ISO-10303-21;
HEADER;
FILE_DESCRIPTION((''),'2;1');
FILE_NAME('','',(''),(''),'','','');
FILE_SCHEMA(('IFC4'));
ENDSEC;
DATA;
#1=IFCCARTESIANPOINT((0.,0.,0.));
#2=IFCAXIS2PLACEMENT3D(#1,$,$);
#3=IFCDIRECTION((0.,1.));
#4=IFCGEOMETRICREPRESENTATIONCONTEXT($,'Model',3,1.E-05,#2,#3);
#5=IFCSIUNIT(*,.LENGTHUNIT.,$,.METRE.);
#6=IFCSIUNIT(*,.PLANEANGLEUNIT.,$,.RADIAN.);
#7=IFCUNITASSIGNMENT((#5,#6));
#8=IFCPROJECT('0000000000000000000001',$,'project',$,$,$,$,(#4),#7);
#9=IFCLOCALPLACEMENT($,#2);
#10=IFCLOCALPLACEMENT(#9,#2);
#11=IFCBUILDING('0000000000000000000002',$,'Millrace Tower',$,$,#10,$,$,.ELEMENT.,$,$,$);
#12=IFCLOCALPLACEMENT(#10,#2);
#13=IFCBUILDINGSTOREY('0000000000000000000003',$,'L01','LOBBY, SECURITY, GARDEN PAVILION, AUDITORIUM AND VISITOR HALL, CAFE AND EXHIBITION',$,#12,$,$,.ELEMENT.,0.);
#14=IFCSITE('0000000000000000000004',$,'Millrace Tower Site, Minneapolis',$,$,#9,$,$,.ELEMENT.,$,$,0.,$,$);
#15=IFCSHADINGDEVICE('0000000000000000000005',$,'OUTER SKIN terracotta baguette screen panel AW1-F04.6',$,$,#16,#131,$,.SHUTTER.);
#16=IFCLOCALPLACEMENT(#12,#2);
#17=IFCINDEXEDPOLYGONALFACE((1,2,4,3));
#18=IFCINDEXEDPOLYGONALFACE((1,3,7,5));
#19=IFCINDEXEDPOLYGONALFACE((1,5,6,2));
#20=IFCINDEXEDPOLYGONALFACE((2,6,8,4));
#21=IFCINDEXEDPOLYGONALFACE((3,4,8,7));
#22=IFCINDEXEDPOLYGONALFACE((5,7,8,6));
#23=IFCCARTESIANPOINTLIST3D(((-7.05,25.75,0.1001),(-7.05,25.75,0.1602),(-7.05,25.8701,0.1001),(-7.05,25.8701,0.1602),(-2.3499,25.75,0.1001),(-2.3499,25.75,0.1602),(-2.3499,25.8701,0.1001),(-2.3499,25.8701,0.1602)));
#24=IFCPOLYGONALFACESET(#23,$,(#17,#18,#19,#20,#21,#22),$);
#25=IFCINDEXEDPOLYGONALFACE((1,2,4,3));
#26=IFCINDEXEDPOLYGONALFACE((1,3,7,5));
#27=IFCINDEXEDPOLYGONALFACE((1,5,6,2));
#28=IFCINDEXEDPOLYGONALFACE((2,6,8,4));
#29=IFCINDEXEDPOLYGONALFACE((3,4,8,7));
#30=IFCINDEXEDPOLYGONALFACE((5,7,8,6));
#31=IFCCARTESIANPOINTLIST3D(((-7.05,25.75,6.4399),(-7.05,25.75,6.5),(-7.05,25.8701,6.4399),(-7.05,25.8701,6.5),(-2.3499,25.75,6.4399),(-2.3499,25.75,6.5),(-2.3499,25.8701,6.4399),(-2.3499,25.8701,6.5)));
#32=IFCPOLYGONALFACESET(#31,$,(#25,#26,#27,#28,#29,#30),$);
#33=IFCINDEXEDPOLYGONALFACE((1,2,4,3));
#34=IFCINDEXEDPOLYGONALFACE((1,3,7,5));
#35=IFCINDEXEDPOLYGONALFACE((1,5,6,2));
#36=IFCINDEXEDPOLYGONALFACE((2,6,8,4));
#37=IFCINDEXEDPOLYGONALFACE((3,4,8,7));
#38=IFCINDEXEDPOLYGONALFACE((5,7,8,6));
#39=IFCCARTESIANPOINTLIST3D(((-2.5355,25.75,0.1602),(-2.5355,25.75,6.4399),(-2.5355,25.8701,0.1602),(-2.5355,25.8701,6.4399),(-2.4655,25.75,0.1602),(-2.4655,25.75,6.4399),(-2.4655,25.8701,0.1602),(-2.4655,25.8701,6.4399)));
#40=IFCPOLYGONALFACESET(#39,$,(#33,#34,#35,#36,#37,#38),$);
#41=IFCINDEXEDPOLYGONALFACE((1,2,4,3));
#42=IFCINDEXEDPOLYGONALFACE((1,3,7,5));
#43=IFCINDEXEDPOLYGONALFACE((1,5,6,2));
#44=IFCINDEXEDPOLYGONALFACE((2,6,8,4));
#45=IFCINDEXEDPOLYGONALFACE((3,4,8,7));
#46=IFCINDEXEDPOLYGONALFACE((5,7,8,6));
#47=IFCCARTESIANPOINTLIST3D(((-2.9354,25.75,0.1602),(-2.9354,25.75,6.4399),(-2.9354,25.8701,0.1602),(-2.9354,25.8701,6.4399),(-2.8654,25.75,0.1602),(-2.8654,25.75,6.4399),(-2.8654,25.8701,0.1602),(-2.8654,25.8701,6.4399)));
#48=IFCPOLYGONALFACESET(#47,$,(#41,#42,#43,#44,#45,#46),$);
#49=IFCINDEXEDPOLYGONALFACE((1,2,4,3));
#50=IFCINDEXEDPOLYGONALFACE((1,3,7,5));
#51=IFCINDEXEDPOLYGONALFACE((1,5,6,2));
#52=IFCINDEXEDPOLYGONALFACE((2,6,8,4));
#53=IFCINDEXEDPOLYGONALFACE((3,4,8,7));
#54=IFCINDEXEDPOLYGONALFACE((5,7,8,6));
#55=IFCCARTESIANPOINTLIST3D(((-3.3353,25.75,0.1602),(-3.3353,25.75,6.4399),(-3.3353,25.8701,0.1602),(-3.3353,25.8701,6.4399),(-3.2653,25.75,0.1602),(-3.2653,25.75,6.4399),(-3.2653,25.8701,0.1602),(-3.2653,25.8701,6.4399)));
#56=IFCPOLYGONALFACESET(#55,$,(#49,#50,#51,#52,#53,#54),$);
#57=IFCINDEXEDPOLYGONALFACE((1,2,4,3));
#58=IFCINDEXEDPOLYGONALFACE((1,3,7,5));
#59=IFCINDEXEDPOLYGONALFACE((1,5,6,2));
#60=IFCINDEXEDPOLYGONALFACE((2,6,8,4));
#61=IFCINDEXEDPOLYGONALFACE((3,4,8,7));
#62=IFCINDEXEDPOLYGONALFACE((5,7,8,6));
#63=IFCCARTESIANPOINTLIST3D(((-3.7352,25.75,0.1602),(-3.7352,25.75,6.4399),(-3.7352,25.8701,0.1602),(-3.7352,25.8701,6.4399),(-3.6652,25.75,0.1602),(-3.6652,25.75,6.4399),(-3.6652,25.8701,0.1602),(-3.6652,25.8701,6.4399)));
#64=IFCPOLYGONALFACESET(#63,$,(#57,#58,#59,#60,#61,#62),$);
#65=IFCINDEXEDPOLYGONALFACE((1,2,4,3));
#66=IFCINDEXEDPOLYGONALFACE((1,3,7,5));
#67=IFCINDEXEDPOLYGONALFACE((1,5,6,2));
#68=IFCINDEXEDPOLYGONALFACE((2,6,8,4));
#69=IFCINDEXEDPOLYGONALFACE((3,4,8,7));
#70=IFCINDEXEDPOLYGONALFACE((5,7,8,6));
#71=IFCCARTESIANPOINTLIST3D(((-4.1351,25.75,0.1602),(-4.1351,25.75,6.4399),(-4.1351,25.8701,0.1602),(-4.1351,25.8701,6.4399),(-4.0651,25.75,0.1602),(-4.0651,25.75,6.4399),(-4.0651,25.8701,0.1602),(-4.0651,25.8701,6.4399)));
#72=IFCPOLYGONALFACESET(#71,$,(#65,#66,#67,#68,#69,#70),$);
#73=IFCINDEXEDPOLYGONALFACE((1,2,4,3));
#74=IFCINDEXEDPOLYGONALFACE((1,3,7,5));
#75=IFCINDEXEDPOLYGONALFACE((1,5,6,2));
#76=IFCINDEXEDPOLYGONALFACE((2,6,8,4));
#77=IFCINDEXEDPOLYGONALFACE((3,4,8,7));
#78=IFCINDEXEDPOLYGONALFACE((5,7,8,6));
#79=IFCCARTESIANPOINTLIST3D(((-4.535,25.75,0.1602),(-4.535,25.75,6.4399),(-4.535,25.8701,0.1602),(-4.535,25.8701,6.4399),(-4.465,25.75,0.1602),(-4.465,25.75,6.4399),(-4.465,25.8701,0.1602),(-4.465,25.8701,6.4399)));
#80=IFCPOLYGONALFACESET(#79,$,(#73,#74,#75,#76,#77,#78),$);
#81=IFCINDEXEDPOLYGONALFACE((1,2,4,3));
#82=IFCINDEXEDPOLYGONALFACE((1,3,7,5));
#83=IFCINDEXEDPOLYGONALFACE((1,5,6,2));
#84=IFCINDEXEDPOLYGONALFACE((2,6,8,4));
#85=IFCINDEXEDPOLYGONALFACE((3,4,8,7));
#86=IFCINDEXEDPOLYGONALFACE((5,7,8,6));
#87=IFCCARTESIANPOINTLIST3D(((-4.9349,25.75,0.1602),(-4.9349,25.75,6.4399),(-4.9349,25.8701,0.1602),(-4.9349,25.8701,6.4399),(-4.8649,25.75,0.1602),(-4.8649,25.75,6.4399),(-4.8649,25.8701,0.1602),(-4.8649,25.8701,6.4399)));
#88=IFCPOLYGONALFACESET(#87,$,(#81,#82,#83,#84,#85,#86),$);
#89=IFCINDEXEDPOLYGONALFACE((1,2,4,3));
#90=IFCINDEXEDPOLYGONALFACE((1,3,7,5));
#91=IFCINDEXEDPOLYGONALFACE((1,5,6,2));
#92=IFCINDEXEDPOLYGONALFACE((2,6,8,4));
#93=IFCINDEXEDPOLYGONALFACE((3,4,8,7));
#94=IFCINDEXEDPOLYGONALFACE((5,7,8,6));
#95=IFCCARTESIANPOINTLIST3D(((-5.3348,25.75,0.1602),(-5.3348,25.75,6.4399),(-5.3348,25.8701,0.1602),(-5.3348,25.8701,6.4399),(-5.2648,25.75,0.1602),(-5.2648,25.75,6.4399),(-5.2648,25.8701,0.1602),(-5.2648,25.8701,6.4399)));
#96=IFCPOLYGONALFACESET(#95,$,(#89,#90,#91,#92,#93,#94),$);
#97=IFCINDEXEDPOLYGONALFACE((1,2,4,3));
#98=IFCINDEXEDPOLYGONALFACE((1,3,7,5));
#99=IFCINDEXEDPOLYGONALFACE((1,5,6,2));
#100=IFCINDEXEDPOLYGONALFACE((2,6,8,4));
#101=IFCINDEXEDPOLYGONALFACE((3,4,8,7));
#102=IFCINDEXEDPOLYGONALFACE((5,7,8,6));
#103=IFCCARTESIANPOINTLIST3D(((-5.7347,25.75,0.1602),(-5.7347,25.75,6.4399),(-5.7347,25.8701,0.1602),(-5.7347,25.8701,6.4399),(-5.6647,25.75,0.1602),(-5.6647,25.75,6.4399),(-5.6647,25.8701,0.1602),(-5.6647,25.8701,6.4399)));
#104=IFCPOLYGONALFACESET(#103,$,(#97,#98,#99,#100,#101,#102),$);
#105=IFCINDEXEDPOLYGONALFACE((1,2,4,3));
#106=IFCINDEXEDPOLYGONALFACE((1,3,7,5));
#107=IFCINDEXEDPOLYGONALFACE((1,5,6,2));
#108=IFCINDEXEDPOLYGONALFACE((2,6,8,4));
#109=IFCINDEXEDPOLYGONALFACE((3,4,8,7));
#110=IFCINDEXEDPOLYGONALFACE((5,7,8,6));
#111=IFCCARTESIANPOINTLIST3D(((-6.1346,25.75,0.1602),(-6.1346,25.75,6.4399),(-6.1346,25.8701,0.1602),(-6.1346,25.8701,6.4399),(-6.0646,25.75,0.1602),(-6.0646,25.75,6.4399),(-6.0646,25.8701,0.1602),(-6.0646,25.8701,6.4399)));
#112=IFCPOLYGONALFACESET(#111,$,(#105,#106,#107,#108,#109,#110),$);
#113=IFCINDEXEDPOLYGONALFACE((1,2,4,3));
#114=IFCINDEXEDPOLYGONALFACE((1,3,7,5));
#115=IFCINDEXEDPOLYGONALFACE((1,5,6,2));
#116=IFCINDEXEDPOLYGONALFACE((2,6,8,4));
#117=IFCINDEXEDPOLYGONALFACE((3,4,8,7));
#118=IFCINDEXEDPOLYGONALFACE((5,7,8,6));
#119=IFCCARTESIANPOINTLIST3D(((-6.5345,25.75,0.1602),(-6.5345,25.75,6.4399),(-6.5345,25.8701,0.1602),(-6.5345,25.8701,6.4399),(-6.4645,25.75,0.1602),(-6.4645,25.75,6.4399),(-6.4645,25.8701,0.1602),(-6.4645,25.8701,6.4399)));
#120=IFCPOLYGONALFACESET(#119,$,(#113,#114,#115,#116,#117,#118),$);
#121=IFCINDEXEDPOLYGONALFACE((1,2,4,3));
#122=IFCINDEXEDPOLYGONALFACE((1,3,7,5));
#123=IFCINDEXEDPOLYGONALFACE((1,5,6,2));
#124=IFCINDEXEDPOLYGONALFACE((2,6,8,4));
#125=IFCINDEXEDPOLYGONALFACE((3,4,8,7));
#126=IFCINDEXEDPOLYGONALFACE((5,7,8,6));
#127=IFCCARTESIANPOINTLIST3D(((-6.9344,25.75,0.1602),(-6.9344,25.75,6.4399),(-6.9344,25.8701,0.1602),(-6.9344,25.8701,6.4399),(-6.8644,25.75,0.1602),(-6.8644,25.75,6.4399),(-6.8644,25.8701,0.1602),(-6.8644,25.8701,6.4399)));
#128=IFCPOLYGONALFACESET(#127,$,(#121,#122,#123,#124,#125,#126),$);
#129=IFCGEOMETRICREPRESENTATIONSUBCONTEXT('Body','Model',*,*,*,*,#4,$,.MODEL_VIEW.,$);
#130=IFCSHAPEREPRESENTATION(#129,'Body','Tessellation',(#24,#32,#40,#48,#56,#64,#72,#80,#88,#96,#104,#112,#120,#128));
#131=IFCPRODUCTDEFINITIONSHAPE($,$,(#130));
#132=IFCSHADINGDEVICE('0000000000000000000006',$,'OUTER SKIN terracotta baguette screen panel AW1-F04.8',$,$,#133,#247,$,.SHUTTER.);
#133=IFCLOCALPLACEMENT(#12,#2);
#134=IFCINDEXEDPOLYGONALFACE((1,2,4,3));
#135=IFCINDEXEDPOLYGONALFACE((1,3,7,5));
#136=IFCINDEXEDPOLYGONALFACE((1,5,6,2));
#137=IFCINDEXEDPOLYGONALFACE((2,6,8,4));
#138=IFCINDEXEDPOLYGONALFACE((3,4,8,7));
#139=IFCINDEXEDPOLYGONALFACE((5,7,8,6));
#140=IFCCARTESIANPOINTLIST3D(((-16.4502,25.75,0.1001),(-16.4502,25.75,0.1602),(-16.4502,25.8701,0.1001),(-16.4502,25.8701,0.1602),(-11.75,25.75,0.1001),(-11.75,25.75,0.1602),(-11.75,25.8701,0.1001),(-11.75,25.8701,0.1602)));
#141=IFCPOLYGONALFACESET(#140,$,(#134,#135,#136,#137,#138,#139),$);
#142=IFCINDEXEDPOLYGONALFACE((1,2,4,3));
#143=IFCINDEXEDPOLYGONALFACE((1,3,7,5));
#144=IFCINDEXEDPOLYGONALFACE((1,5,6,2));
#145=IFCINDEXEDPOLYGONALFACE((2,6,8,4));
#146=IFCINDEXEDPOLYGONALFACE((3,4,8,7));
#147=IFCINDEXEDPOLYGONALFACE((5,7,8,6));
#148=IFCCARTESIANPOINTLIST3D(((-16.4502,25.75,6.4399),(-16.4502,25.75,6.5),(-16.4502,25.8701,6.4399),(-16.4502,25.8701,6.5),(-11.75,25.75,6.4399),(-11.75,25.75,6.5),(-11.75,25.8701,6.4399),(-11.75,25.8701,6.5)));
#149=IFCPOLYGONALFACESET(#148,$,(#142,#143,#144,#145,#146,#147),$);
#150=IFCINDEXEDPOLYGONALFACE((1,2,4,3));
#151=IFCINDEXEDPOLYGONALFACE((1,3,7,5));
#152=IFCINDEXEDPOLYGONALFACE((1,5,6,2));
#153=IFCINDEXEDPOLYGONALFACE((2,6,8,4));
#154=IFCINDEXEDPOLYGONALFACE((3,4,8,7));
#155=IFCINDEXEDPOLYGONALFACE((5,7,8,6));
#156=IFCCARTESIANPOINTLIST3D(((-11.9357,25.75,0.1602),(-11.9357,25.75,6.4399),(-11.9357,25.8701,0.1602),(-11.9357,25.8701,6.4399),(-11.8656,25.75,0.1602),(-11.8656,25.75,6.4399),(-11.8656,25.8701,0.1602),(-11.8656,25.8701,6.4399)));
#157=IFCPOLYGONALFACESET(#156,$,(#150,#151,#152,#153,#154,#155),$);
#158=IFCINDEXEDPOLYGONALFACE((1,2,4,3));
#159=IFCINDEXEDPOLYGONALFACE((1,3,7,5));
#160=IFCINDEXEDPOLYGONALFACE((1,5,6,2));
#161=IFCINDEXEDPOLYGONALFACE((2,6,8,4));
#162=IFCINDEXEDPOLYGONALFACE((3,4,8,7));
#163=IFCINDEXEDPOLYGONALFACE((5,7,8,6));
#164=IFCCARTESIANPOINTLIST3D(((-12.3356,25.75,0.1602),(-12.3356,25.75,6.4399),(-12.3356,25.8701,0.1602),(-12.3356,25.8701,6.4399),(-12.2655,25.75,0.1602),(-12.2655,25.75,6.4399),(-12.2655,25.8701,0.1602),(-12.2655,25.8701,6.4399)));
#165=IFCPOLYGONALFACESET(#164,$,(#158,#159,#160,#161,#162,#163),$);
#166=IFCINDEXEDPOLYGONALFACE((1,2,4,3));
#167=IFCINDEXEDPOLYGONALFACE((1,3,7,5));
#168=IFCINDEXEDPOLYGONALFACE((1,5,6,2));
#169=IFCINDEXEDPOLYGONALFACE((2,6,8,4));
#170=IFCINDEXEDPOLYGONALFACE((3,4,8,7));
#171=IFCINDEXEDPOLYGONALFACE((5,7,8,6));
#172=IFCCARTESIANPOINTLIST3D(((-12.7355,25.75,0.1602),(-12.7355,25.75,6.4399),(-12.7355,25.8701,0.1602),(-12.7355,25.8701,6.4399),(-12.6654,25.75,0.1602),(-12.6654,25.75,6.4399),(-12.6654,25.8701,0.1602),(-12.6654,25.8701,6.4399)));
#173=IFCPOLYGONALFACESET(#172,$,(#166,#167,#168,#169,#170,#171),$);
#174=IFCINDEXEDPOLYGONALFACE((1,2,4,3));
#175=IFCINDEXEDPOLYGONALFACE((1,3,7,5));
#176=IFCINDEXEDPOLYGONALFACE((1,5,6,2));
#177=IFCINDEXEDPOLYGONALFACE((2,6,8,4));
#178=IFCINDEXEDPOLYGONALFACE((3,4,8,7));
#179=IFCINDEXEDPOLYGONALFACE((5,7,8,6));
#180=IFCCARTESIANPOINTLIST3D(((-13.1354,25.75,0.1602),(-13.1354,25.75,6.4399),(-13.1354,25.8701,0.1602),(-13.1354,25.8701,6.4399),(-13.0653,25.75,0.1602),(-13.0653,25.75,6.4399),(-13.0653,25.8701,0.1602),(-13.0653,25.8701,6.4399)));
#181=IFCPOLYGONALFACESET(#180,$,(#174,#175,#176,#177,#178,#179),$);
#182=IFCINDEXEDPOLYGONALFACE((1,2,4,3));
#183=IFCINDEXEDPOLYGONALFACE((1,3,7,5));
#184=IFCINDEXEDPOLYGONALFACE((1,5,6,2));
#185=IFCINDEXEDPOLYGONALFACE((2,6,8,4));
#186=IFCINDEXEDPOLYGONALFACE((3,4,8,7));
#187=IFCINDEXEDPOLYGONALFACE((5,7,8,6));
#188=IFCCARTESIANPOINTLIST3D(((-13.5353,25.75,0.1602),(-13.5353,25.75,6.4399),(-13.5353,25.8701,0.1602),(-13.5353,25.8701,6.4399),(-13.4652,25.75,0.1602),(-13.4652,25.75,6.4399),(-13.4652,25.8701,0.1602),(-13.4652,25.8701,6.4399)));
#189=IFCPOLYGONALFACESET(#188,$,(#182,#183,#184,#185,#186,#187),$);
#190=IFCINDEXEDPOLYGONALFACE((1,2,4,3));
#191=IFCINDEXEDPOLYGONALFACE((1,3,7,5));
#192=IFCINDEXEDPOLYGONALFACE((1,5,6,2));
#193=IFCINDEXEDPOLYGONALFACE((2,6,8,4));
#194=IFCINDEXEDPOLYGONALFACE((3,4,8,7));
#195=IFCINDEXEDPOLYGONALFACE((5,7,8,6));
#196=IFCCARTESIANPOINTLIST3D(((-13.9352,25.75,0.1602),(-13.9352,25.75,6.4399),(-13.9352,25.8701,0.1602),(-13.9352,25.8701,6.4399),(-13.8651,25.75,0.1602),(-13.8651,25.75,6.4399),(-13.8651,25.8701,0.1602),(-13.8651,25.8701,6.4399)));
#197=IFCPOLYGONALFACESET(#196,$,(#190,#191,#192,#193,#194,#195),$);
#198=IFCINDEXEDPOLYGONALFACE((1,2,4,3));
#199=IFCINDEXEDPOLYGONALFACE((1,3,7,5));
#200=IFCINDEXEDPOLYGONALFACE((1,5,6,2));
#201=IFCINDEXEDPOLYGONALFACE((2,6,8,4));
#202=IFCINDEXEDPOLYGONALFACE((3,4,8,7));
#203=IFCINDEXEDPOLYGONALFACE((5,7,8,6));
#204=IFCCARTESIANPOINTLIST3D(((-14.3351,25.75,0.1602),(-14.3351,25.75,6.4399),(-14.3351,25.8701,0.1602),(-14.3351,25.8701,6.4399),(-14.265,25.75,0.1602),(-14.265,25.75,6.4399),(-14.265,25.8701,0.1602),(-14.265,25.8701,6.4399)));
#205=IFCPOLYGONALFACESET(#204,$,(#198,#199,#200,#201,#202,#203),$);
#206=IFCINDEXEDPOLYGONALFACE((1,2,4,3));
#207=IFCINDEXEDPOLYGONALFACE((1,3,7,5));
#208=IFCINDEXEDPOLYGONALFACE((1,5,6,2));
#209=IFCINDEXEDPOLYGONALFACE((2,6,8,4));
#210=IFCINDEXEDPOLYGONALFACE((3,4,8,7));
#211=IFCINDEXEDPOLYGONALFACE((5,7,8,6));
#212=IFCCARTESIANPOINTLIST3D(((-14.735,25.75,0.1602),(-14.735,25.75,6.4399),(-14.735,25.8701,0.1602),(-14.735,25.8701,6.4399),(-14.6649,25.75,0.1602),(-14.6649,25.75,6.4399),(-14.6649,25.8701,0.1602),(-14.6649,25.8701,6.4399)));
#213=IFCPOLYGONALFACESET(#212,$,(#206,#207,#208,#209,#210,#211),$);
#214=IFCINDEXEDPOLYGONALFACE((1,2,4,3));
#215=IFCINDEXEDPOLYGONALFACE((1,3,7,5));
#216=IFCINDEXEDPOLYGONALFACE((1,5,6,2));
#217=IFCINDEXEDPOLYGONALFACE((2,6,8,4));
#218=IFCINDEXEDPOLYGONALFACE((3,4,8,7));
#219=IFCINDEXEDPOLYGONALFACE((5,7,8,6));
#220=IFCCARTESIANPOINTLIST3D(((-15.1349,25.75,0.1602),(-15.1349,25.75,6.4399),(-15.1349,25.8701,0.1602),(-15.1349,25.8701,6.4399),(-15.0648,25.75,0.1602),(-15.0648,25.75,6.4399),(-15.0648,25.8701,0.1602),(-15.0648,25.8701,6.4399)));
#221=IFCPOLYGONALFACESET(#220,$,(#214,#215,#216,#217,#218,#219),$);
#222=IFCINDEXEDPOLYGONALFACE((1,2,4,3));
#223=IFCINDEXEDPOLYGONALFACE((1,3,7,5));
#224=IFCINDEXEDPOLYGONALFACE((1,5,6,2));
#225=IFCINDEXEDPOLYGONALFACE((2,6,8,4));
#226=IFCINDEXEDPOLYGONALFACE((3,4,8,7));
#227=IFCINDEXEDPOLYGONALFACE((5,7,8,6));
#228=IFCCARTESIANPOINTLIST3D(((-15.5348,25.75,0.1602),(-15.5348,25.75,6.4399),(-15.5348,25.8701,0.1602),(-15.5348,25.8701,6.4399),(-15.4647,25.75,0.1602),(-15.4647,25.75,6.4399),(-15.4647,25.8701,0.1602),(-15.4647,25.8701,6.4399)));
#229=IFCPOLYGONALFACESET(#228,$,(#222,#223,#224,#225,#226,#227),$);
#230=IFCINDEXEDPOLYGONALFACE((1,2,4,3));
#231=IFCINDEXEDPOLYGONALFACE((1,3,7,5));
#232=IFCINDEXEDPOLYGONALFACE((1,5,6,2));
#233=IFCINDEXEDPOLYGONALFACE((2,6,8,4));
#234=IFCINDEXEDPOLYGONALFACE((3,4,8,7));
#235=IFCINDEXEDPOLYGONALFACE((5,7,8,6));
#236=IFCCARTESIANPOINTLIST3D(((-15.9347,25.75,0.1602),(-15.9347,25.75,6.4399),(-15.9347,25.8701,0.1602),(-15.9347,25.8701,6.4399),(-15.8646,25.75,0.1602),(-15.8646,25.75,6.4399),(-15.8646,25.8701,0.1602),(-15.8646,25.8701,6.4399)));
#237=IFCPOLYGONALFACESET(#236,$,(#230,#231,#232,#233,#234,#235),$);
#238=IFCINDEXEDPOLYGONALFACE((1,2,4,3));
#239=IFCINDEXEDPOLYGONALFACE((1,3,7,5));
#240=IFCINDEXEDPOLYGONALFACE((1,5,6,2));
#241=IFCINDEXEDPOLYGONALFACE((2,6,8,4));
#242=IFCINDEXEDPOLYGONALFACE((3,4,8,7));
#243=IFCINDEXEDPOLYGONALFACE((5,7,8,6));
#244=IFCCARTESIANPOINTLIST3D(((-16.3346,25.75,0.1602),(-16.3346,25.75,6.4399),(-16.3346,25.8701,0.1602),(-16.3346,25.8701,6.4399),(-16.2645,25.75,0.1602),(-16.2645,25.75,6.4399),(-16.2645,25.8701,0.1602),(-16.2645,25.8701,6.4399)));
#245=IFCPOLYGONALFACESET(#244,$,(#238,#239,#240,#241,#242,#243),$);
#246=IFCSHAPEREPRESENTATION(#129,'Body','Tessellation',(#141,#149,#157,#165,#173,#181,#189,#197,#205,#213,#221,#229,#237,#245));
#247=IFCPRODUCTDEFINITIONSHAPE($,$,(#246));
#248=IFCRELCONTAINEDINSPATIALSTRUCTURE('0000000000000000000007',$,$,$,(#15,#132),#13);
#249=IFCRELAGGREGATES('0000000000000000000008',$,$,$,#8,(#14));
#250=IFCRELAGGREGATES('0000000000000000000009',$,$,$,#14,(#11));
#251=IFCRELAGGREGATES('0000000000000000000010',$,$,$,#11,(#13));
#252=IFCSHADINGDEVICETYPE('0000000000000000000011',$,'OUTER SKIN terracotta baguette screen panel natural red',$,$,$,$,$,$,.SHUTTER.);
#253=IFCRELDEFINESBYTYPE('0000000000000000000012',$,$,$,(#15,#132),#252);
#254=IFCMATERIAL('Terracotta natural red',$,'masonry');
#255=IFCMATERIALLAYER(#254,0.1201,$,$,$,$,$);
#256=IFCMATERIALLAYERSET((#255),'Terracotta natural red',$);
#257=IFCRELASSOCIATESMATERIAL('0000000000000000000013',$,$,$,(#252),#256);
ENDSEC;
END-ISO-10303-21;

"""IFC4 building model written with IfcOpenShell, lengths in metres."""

from ifc_helpers import new_model, entity, si_unit, direction, frame, frame_2d, origin, place, context, subcontext, project, spatial, rectangle, extrude, source, transform, mapped, material, layer, layer_set, type_object, element, save


model = new_model("IFC4")

# Units and contexts
model_context = context("Model", 3, precision=1e-05, world=origin(), true_north=direction((0.0, 1.0)))
body_context = subcontext(model_context, "Body", "Model", "MODEL_VIEW")
ifc_project = project(units=[si_unit("LENGTHUNIT", "METRE"), si_unit("PLANEANGLEUNIT", "RADIAN")], contexts=[model_context])

# Site, building, storey
site_placement = place(None, origin())
site = spatial("IfcSite", under=ifc_project, at=site_placement, Name="Millrace Tower Site, Minneapolis", CompositionType="ELEMENT", RefElevation=0.0)
building_placement = place(site_placement, origin())
building = spatial("IfcBuilding", under=site, at=building_placement, Name="Millrace Tower", CompositionType="ELEMENT")
storey_placement = place(building_placement, origin())
storey = spatial("IfcBuildingStorey", under=building, at=storey_placement, Name="L01", Description="LOBBY, SECURITY, GARDEN PAVILION, AUDITORIUM AND VISITOR HALL, CAFE AND EXHIBITION", CompositionType="ELEMENT", Elevation=0.0)

# Shading devices
ifc_material_1 = material(Name="Terracotta natural red", Category="masonry")
ifc_layer_1 = layer(ifc_material_1, 0.1201)
ifc_layer_set_1 = layer_set([ifc_layer_1], Name="Terracotta natural red")
shading_device_type = type_object("IfcShadingDeviceType", Name="OUTER SKIN terracotta baguette screen panel natural red", PredefinedType="SHUTTER", material=ifc_layer_set_1)
cartesian_point = entity("IfcCartesianPoint", [-2.3501, 0.0601])
shared_polyline = entity("IfcPolyline", [cartesian_point, entity("IfcCartesianPoint", [2.3501, 0.0601]), entity("IfcCartesianPoint", [2.3501, -0.0601]), entity("IfcCartesianPoint", [-2.3501, -0.0601]), cartesian_point])
shared_shape = source(origin(), body_context, "Body", "SweptSolid", [
    entity("IfcExtrudedAreaSolid", entity("IfcArbitraryClosedProfileDef", "AREA", None, shared_polyline), entity("IfcAxis2Placement3D", entity("IfcCartesianPoint", [0.0, 0.0, 0.0])), entity("IfcDirection", [0.0, 0.0, 1.0]), 0.0601),
    entity("IfcExtrudedAreaSolid", entity("IfcArbitraryClosedProfileDef", "AREA", None, shared_polyline), entity("IfcAxis2Placement3D", entity("IfcCartesianPoint", [0.0, 0.0, 6.3398])), entity("IfcDirection", [0.0, 0.0, 1.0]), 0.0601),
    extrude(rectangle(XDim=0.0701, YDim=0.1201, at=frame_2d((-2.1995, 0.0))), frame((0.0, 0.0, 0.0601)), (0.0, 0.0, 1.0), 6.2798),
    extrude(rectangle(XDim=0.0701, YDim=0.1201, at=frame_2d((-1.7996, 0.0))), frame((0.0, 0.0, 0.0601)), (0.0, 0.0, 1.0), 6.2798),
    extrude(rectangle(XDim=0.0701, YDim=0.1201, at=frame_2d((-1.3997, 0.0))), frame((0.0, 0.0, 0.0601)), (0.0, 0.0, 1.0), 6.2798),
    extrude(rectangle(XDim=0.0701, YDim=0.1201, at=frame_2d((-0.9998, 0.0))), frame((0.0, 0.0, 0.0601)), (0.0, 0.0, 1.0), 6.2798),
    extrude(rectangle(XDim=0.0701, YDim=0.1201, at=frame_2d((-0.5999, 0.0))), frame((0.0, 0.0, 0.0601)), (0.0, 0.0, 1.0), 6.2798),
    extrude(rectangle(XDim=0.0701, YDim=0.1201, at=frame_2d((-0.2, 0.0))), frame((0.0, 0.0, 0.0601)), (0.0, 0.0, 1.0), 6.2798),
    extrude(rectangle(XDim=0.0701, YDim=0.1201, at=frame_2d((0.2, 0.0))), frame((0.0, 0.0, 0.0601)), (0.0, 0.0, 1.0), 6.2798),
    extrude(rectangle(XDim=0.0701, YDim=0.1201, at=frame_2d((0.5999, 0.0))), frame((0.0, 0.0, 0.0601)), (0.0, 0.0, 1.0), 6.2798),
    extrude(rectangle(XDim=0.0701, YDim=0.1201, at=frame_2d((0.9998, 0.0))), frame((0.0, 0.0, 0.0601)), (0.0, 0.0, 1.0), 6.2798),
    extrude(rectangle(XDim=0.0701, YDim=0.1201, at=frame_2d((1.3997, 0.0))), frame((0.0, 0.0, 0.0601)), (0.0, 0.0, 1.0), 6.2798),
    extrude(rectangle(XDim=0.0701, YDim=0.1201, at=frame_2d((1.7996, 0.0))), frame((0.0, 0.0, 0.0601)), (0.0, 0.0, 1.0), 6.2798),
    extrude(rectangle(XDim=0.0701, YDim=0.1201, at=frame_2d((2.1995, 0.0))), frame((0.0, 0.0, 0.0601)), (0.0, 0.0, 1.0), 6.2798),
])
for number, where, z_axis, x_axis, name in (
    (1, (-4.7, 25.8101, 0.1001), (0.0, 0.0, 1.0), (-1.0, 0.0, 0.0), "OUTER SKIN terracotta baguette screen panel AW1-F04.6"),
    (2, (-14.1001, 25.8101, 0.1001), (0.0, 0.0, 1.0), (-1.0, 0.0, 0.0), "OUTER SKIN terracotta baguette screen panel AW1-F04.8"),
):
    element("IfcShadingDevice", number, at=place(storey_placement, frame(where, z_axis=z_axis, x_axis=x_axis)), inside=storey, type_object=shading_device_type, Name=name, PredefinedType="SHUTTER", context=body_context, shape_type="MappedRepresentation", body=[
        mapped(shared_shape, transform((0.0, 0.0, 0.0), scale=1.0)),
    ])

save(model, "model.ifc")
